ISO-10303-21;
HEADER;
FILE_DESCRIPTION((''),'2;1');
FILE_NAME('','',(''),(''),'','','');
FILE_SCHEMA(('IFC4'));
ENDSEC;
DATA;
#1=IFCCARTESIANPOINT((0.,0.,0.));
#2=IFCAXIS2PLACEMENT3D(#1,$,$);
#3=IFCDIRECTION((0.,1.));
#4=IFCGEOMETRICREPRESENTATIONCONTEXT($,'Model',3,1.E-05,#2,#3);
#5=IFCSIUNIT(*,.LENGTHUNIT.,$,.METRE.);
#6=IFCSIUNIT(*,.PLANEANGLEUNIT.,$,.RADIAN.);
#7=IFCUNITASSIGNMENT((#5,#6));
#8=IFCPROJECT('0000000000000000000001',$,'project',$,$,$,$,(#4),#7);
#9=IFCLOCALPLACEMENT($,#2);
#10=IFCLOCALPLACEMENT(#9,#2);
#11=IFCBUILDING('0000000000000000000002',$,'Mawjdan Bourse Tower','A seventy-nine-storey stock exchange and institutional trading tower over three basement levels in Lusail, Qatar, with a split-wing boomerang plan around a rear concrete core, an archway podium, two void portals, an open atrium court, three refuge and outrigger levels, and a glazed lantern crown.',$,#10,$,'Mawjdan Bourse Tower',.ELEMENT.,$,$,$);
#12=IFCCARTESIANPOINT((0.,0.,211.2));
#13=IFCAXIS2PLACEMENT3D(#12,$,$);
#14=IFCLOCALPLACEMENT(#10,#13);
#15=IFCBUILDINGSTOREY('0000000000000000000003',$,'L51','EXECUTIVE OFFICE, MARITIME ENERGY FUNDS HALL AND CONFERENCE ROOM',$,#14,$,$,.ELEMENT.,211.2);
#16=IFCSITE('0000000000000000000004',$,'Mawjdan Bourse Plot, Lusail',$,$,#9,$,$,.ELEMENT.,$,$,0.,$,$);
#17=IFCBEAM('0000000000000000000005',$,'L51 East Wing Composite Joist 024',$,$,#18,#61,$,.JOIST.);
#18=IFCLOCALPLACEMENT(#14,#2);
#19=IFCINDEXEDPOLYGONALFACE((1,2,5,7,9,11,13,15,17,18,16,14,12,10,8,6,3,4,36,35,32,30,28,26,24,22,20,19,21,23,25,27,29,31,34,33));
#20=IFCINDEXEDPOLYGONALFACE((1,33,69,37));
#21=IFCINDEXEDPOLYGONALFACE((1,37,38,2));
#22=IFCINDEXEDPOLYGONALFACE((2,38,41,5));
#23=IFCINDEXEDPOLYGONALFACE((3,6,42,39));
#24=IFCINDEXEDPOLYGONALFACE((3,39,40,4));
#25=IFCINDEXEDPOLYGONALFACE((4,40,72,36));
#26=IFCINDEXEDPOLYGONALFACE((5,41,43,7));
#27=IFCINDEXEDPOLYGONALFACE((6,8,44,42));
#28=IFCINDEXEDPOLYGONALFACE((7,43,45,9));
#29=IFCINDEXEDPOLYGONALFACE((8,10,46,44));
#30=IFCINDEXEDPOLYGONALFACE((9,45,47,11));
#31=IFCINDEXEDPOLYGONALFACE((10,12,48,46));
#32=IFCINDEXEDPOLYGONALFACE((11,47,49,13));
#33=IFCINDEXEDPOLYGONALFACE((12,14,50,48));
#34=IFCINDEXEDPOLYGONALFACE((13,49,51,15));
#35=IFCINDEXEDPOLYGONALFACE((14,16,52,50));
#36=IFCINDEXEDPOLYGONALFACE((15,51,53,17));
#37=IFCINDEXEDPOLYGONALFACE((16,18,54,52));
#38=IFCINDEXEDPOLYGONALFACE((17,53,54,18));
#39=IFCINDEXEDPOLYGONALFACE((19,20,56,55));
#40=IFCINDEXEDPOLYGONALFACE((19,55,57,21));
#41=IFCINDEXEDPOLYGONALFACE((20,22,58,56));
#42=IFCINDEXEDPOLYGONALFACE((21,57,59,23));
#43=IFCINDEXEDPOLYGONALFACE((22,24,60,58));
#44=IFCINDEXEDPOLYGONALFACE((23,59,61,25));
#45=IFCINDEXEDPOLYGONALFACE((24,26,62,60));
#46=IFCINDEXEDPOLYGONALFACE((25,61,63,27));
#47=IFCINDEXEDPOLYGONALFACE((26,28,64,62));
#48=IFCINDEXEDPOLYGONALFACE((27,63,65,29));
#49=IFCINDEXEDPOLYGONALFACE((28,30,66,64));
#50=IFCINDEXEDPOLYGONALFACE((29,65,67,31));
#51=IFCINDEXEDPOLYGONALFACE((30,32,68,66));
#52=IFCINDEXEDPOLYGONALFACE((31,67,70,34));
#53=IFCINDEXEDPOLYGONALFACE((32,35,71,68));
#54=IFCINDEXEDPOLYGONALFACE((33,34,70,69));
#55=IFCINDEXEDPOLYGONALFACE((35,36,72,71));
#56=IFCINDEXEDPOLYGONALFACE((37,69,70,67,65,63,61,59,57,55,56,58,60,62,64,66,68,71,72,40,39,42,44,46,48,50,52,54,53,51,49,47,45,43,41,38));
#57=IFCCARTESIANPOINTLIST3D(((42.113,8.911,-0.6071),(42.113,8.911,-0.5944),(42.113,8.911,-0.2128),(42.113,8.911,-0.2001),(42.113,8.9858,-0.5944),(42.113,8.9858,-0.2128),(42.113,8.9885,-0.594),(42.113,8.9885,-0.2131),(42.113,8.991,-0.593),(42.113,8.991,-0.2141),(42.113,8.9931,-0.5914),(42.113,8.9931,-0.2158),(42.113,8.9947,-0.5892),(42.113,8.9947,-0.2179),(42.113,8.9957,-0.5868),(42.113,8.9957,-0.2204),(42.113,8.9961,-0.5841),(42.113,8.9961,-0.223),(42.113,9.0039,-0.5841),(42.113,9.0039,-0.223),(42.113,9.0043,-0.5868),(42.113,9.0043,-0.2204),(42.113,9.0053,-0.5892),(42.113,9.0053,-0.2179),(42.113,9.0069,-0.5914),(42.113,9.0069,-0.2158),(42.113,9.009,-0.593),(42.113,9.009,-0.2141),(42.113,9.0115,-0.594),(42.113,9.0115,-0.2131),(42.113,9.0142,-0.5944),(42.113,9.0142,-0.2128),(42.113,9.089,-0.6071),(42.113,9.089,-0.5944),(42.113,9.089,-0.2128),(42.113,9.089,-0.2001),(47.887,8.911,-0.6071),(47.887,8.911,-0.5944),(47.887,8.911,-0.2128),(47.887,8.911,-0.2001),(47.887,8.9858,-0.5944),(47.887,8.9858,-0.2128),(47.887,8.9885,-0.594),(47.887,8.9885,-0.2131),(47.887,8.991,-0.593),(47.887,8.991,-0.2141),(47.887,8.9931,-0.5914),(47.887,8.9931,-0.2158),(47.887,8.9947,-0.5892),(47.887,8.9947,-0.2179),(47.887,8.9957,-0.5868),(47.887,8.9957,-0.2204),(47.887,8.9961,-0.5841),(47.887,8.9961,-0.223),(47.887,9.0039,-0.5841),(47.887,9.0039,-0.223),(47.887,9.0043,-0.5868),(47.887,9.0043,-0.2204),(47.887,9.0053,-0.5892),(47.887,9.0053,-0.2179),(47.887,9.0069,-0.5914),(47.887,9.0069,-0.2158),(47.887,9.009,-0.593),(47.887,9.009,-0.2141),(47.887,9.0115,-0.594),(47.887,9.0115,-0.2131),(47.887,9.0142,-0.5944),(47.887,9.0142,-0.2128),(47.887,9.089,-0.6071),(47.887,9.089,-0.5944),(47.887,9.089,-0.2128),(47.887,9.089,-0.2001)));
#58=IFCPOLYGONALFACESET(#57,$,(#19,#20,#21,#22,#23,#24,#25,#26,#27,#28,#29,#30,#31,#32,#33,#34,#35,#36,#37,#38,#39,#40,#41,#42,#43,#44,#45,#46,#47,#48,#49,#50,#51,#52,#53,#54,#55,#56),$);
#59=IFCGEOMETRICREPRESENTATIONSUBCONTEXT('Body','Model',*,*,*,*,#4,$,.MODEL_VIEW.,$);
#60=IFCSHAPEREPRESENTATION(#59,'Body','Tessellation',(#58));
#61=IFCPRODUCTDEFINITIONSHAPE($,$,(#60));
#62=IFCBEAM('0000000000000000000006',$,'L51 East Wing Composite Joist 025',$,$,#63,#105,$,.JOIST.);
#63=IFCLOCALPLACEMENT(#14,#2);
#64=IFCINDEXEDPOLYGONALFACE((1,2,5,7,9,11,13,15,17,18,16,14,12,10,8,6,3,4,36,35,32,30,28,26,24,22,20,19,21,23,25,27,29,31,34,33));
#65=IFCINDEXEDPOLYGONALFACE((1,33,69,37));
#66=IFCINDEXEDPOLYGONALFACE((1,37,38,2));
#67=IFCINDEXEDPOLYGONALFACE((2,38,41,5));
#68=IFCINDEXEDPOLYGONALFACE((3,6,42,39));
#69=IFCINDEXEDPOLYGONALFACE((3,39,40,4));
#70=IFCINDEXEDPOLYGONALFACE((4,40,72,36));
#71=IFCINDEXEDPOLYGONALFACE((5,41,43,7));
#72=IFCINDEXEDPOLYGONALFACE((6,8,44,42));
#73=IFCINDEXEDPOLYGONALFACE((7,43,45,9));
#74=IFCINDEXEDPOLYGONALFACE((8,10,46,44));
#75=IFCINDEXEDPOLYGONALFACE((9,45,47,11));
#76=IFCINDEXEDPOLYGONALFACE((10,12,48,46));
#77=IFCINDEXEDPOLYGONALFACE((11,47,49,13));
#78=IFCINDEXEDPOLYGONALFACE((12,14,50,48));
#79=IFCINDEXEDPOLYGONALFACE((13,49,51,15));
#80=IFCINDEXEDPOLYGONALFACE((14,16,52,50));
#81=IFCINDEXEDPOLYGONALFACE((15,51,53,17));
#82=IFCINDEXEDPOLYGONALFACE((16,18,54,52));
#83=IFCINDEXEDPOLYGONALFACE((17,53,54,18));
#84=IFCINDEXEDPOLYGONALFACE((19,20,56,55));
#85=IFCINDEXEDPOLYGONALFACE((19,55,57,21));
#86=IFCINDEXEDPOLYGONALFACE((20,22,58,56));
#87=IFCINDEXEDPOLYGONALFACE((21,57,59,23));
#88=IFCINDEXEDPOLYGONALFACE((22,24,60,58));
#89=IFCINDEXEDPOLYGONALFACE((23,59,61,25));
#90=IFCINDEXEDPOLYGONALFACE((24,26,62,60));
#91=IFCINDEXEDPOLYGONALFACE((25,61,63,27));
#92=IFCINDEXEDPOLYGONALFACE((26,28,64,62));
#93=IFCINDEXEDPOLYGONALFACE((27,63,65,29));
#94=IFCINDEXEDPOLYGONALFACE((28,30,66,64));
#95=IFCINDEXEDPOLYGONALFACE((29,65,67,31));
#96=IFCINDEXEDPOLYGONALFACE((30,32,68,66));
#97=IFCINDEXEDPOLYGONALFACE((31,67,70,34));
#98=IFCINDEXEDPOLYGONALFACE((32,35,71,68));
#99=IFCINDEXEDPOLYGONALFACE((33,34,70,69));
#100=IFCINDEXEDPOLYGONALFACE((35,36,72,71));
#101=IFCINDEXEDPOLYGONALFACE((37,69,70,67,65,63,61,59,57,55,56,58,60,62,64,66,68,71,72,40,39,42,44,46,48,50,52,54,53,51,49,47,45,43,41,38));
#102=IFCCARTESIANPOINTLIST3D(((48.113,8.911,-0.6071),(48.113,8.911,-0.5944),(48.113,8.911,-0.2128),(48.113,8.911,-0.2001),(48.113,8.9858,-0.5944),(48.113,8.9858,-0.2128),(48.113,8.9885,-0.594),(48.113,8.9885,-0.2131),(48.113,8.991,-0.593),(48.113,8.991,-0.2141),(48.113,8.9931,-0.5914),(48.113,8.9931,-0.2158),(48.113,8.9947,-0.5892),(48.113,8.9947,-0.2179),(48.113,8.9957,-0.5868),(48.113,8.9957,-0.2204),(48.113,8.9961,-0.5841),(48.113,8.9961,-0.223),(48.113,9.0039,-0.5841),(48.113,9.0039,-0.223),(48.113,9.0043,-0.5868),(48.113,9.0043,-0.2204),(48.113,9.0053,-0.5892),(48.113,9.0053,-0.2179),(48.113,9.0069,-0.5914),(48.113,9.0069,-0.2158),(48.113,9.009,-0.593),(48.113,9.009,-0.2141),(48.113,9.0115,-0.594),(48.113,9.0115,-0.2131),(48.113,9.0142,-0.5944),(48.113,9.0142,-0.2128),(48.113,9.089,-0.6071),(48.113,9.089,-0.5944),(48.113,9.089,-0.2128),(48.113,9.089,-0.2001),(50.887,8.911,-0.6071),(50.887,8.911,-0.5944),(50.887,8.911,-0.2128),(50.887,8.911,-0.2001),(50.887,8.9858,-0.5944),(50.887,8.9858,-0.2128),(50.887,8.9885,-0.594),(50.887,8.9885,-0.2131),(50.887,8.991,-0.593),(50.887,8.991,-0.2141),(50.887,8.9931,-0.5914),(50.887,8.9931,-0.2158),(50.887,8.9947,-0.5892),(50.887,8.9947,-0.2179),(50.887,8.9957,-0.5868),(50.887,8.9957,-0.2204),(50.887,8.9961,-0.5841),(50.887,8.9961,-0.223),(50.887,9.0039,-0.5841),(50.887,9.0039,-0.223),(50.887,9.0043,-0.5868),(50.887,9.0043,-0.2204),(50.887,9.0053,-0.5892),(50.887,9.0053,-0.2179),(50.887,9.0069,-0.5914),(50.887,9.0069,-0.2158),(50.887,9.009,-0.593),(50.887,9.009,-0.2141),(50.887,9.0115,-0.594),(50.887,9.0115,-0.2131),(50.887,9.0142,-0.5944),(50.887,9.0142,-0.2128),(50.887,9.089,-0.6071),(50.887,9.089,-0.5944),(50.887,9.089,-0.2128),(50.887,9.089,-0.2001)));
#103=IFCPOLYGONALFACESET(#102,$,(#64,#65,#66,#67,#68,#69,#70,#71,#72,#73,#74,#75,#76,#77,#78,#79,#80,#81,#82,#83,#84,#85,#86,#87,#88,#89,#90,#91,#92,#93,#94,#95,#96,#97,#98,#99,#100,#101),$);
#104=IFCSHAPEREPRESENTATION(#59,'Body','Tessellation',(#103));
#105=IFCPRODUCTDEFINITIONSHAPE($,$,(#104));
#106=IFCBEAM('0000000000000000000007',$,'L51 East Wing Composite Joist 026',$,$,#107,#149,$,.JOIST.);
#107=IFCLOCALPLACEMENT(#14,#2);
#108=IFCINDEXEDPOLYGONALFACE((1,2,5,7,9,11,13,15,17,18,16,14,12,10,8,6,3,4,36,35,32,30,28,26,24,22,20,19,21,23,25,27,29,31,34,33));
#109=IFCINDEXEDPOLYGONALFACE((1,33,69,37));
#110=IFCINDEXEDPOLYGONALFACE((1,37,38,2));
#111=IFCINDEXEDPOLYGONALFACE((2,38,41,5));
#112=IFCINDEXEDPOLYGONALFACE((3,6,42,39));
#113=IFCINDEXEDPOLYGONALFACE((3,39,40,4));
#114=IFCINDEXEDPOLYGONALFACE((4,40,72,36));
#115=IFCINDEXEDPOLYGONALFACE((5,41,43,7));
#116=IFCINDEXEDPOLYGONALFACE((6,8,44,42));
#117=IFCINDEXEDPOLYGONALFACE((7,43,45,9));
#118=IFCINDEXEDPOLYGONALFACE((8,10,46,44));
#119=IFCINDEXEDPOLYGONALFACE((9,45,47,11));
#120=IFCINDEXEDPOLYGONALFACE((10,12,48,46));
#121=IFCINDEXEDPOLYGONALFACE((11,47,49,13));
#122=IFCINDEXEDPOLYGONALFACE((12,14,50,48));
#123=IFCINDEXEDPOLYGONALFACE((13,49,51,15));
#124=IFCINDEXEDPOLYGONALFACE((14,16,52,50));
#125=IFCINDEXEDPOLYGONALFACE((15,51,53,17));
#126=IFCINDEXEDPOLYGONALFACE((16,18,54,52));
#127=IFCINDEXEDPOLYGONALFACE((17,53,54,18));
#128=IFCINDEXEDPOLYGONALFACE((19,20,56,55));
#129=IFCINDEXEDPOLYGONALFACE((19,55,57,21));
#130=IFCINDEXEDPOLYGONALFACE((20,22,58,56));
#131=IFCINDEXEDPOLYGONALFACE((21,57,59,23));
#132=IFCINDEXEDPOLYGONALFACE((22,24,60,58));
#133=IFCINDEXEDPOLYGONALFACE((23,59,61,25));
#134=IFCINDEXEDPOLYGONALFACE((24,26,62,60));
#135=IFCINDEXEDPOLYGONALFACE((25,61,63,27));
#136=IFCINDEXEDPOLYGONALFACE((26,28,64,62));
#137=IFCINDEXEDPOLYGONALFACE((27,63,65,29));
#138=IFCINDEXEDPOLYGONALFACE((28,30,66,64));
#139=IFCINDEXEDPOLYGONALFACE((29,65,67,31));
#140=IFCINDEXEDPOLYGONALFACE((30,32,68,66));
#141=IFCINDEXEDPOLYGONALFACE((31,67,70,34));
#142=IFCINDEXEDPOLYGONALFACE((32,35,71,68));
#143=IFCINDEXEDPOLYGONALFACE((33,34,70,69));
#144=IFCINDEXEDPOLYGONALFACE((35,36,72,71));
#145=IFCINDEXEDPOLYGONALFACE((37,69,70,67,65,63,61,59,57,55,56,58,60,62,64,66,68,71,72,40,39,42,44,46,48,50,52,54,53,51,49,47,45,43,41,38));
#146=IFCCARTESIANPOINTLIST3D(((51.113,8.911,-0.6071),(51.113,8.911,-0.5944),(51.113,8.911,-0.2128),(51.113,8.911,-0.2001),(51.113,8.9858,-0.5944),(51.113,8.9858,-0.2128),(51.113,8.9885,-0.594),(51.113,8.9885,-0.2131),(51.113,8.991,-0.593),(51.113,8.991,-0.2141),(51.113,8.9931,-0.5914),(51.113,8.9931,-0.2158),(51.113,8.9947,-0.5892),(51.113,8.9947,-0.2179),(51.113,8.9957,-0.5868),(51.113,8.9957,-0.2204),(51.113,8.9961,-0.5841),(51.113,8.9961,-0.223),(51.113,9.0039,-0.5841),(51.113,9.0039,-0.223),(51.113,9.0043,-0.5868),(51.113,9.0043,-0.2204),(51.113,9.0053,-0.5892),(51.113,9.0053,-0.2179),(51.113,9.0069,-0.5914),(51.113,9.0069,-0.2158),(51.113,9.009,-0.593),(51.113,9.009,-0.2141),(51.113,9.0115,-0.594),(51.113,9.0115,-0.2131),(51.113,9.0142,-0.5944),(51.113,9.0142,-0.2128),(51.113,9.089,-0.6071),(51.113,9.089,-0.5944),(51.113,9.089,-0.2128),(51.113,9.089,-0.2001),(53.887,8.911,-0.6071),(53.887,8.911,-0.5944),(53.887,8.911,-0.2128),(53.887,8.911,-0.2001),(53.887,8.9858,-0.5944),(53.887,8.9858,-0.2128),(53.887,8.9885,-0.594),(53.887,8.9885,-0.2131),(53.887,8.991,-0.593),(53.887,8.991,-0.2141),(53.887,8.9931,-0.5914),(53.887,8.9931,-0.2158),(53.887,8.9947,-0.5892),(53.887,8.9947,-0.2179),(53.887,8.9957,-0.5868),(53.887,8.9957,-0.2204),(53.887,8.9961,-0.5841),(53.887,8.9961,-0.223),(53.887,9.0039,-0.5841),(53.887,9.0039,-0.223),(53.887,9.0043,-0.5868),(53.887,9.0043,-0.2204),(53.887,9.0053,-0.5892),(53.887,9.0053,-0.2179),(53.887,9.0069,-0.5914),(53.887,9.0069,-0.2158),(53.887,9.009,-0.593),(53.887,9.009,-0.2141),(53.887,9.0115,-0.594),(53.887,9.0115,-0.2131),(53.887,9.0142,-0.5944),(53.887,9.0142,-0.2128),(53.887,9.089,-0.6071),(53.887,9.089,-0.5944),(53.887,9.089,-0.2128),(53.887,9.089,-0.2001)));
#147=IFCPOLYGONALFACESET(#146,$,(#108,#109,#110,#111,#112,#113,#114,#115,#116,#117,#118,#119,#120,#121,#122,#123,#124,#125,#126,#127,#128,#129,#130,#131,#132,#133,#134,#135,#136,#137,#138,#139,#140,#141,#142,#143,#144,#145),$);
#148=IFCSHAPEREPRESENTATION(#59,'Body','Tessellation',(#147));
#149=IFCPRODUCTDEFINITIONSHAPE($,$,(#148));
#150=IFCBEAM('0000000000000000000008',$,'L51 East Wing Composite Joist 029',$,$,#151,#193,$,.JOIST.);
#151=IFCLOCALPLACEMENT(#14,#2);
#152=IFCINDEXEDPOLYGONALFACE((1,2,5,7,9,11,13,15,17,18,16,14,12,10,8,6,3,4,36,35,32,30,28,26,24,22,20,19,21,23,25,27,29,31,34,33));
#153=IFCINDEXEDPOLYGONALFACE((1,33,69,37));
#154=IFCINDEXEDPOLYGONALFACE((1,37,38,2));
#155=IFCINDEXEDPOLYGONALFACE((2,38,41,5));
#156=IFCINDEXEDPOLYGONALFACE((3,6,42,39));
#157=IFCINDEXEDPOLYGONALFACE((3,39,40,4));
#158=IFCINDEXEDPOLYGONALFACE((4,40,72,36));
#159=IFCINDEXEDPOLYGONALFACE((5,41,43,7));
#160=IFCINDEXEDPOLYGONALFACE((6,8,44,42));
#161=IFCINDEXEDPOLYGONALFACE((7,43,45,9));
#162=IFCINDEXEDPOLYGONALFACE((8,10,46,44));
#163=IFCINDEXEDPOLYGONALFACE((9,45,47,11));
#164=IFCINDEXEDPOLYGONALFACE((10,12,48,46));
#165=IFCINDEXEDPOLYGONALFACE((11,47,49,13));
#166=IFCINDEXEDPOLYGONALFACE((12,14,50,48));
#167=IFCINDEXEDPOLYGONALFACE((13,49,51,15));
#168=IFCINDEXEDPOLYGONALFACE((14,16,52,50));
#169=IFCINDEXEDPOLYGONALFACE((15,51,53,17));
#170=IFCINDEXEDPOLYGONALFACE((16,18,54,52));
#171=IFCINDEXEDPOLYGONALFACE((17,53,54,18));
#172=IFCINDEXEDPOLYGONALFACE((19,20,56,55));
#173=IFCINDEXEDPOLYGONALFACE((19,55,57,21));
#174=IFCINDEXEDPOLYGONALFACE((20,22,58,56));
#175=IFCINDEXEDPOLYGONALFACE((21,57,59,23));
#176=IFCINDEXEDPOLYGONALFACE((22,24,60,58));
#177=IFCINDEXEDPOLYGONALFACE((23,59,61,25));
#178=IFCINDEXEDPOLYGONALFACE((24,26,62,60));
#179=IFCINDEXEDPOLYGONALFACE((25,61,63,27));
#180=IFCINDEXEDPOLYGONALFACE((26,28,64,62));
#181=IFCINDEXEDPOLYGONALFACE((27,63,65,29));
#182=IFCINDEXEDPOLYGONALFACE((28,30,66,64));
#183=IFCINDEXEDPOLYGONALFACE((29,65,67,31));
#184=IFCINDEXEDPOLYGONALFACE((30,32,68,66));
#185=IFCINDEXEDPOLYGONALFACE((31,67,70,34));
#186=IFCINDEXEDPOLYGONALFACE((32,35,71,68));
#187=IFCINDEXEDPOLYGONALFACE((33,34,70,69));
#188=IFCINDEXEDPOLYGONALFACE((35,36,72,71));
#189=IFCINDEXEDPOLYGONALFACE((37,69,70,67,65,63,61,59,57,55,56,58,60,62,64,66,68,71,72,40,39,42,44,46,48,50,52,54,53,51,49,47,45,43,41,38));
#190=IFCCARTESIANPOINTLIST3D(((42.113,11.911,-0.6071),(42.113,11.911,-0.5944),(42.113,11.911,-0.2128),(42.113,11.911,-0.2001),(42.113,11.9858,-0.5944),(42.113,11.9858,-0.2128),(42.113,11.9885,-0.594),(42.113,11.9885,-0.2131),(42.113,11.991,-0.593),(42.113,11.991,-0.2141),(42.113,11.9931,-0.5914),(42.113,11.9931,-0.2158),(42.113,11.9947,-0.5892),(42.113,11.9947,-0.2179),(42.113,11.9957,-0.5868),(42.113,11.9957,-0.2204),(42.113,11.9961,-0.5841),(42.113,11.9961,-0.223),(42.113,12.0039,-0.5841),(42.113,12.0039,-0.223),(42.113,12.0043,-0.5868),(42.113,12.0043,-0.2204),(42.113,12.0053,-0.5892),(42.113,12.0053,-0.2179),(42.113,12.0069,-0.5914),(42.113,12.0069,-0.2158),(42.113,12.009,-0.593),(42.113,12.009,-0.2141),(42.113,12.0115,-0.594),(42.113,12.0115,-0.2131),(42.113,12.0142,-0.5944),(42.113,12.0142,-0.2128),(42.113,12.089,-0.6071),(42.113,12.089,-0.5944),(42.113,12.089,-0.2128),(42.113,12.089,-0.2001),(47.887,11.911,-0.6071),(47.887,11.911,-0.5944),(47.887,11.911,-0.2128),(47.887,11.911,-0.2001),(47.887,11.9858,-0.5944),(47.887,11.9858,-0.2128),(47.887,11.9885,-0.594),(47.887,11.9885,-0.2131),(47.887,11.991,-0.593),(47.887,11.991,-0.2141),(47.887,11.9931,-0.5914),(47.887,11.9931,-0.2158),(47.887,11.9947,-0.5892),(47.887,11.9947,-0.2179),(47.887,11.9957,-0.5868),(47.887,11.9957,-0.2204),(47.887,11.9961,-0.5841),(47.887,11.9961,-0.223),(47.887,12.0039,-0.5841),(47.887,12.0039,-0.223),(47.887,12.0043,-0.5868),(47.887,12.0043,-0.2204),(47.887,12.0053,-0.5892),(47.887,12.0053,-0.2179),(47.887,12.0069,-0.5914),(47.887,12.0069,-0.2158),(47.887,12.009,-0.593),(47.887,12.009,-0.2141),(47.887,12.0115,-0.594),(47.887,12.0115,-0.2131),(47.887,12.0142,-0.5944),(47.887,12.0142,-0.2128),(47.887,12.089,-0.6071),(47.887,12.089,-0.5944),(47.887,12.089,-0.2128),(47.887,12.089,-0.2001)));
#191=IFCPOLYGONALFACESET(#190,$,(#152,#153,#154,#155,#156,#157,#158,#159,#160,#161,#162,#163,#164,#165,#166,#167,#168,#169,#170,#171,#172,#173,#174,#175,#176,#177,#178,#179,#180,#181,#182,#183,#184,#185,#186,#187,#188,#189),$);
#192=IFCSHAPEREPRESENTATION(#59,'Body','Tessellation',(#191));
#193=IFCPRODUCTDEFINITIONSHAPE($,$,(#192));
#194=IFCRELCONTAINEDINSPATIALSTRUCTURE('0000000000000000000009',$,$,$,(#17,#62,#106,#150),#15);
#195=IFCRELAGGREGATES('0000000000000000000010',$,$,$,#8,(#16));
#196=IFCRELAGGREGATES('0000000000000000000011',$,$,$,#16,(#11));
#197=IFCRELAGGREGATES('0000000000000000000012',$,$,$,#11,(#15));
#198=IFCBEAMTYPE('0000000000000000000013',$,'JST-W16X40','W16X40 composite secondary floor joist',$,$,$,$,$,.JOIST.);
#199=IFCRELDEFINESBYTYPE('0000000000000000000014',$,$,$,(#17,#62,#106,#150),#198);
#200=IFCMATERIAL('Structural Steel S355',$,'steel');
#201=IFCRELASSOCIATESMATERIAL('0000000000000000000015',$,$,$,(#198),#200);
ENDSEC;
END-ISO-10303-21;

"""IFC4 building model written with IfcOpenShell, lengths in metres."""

from ifc_helpers import new_model, si_unit, direction, frame, origin, origin_2d, place, context, subcontext, project, spatial, i_section, extrude, material, material_profile, profile_set, type_object, element, save


model = new_model("IFC4")

# Units and contexts
model_context = context("Model", 3, precision=1e-05, world=origin(), true_north=direction((0.0, 1.0)))
body_context = subcontext(model_context, "Body", "Model", "MODEL_VIEW")
ifc_project = project(units=[si_unit("LENGTHUNIT", "METRE"), si_unit("PLANEANGLEUNIT", "RADIAN")], contexts=[model_context])

# Site, building, storey
site_placement = place(None, origin())
site = spatial("IfcSite", under=ifc_project, at=site_placement, Name="Mawjdan Bourse Plot, Lusail", CompositionType="ELEMENT", RefElevation=0.0)
building_placement = place(site_placement, origin())
building = spatial("IfcBuilding", under=site, at=building_placement, Name="Mawjdan Bourse Tower", Description="A seventy-nine-storey stock exchange and institutional trading tower over three basement levels in Lusail, Qatar, with a split-wing boomerang plan around a rear concrete core, an archway podium, two void portals, an open atrium court, three refuge and outrigger levels, and a glazed lantern crown.", LongName="Mawjdan Bourse Tower", CompositionType="ELEMENT")
storey_placement = place(building_placement, frame((0.0, 0.0, 211.2)))
storey = spatial("IfcBuildingStorey", under=building, at=storey_placement, Name="L51", Description="EXECUTIVE OFFICE, MARITIME ENERGY FUNDS HALL AND CONFERENCE ROOM", CompositionType="ELEMENT", Elevation=211.2)

# Beams
ifc_material_1 = material(Name="Structural Steel S355", Category="steel")
ifc_material_profile_1 = material_profile(ifc_material_1, i_section(OverallWidth=0.178, OverallDepth=0.407, WebThickness=0.0078, FlangeThickness=0.0127, FilletRadius=0.0103, at=origin_2d()), Name="W16X40")
ifc_profile_set_1 = profile_set([ifc_material_profile_1], Name="Structural Steel S355")
beam_type_1 = type_object("IfcBeamType", Name="JST-W16X40", Description="W16X40 composite secondary floor joist", PredefinedType="JOIST", material=ifc_profile_set_1)
beam_1_placement = place(storey_placement, frame((42.113, 9.0, -0.4036), z_axis=(1.0, 0.0, 0.0), x_axis=(0.0, 1.0, 0.0)))
element("IfcBeam", 1, at=beam_1_placement, inside=storey, type_object=beam_type_1, Name="L51 East Wing Composite Joist 024", PredefinedType="JOIST", context=body_context, shape_type="SweptSolid", body=[
    extrude(i_section(OverallWidth=0.178, OverallDepth=0.407, WebThickness=0.0078, FlangeThickness=0.0127, FilletRadius=0.0103, at=origin_2d()), origin(), (0.0, 0.0, 1.0), 5.7739),
])
for number, where, z_axis, x_axis, name in (
    (2, (48.113, 9.0, -0.4036), (1.0, 0.0, 0.0), (0.0, 1.0, 0.0), "L51 East Wing Composite Joist 025"),
    (3, (51.113, 9.0, -0.4036), (1.0, 0.0, 0.0), (0.0, 1.0, 0.0), "L51 East Wing Composite Joist 026"),
):
    element("IfcBeam", number, at=place(storey_placement, frame(where, z_axis=z_axis, x_axis=x_axis)), inside=storey, type_object=beam_type_1, Name=name, PredefinedType="JOIST", context=body_context, shape_type="SweptSolid", body=[
        extrude(i_section(OverallWidth=0.178, OverallDepth=0.407, WebThickness=0.0078, FlangeThickness=0.0127, FilletRadius=0.0103, at=origin_2d()), origin(), (0.0, 0.0, 1.0), 2.7739),
    ])
beam_2_placement = place(storey_placement, frame((42.113, 12.0, -0.4036), z_axis=(1.0, 0.0, 0.0), x_axis=(0.0, 1.0, 0.0)))
element("IfcBeam", 4, at=beam_2_placement, inside=storey, type_object=beam_type_1, Name="L51 East Wing Composite Joist 029", PredefinedType="JOIST", context=body_context, shape_type="SweptSolid", body=[
    extrude(i_section(OverallWidth=0.178, OverallDepth=0.407, WebThickness=0.0078, FlangeThickness=0.0127, FilletRadius=0.0103, at=origin_2d()), origin(), (0.0, 0.0, 1.0), 5.7739),
])

save(model, "model.ifc")
